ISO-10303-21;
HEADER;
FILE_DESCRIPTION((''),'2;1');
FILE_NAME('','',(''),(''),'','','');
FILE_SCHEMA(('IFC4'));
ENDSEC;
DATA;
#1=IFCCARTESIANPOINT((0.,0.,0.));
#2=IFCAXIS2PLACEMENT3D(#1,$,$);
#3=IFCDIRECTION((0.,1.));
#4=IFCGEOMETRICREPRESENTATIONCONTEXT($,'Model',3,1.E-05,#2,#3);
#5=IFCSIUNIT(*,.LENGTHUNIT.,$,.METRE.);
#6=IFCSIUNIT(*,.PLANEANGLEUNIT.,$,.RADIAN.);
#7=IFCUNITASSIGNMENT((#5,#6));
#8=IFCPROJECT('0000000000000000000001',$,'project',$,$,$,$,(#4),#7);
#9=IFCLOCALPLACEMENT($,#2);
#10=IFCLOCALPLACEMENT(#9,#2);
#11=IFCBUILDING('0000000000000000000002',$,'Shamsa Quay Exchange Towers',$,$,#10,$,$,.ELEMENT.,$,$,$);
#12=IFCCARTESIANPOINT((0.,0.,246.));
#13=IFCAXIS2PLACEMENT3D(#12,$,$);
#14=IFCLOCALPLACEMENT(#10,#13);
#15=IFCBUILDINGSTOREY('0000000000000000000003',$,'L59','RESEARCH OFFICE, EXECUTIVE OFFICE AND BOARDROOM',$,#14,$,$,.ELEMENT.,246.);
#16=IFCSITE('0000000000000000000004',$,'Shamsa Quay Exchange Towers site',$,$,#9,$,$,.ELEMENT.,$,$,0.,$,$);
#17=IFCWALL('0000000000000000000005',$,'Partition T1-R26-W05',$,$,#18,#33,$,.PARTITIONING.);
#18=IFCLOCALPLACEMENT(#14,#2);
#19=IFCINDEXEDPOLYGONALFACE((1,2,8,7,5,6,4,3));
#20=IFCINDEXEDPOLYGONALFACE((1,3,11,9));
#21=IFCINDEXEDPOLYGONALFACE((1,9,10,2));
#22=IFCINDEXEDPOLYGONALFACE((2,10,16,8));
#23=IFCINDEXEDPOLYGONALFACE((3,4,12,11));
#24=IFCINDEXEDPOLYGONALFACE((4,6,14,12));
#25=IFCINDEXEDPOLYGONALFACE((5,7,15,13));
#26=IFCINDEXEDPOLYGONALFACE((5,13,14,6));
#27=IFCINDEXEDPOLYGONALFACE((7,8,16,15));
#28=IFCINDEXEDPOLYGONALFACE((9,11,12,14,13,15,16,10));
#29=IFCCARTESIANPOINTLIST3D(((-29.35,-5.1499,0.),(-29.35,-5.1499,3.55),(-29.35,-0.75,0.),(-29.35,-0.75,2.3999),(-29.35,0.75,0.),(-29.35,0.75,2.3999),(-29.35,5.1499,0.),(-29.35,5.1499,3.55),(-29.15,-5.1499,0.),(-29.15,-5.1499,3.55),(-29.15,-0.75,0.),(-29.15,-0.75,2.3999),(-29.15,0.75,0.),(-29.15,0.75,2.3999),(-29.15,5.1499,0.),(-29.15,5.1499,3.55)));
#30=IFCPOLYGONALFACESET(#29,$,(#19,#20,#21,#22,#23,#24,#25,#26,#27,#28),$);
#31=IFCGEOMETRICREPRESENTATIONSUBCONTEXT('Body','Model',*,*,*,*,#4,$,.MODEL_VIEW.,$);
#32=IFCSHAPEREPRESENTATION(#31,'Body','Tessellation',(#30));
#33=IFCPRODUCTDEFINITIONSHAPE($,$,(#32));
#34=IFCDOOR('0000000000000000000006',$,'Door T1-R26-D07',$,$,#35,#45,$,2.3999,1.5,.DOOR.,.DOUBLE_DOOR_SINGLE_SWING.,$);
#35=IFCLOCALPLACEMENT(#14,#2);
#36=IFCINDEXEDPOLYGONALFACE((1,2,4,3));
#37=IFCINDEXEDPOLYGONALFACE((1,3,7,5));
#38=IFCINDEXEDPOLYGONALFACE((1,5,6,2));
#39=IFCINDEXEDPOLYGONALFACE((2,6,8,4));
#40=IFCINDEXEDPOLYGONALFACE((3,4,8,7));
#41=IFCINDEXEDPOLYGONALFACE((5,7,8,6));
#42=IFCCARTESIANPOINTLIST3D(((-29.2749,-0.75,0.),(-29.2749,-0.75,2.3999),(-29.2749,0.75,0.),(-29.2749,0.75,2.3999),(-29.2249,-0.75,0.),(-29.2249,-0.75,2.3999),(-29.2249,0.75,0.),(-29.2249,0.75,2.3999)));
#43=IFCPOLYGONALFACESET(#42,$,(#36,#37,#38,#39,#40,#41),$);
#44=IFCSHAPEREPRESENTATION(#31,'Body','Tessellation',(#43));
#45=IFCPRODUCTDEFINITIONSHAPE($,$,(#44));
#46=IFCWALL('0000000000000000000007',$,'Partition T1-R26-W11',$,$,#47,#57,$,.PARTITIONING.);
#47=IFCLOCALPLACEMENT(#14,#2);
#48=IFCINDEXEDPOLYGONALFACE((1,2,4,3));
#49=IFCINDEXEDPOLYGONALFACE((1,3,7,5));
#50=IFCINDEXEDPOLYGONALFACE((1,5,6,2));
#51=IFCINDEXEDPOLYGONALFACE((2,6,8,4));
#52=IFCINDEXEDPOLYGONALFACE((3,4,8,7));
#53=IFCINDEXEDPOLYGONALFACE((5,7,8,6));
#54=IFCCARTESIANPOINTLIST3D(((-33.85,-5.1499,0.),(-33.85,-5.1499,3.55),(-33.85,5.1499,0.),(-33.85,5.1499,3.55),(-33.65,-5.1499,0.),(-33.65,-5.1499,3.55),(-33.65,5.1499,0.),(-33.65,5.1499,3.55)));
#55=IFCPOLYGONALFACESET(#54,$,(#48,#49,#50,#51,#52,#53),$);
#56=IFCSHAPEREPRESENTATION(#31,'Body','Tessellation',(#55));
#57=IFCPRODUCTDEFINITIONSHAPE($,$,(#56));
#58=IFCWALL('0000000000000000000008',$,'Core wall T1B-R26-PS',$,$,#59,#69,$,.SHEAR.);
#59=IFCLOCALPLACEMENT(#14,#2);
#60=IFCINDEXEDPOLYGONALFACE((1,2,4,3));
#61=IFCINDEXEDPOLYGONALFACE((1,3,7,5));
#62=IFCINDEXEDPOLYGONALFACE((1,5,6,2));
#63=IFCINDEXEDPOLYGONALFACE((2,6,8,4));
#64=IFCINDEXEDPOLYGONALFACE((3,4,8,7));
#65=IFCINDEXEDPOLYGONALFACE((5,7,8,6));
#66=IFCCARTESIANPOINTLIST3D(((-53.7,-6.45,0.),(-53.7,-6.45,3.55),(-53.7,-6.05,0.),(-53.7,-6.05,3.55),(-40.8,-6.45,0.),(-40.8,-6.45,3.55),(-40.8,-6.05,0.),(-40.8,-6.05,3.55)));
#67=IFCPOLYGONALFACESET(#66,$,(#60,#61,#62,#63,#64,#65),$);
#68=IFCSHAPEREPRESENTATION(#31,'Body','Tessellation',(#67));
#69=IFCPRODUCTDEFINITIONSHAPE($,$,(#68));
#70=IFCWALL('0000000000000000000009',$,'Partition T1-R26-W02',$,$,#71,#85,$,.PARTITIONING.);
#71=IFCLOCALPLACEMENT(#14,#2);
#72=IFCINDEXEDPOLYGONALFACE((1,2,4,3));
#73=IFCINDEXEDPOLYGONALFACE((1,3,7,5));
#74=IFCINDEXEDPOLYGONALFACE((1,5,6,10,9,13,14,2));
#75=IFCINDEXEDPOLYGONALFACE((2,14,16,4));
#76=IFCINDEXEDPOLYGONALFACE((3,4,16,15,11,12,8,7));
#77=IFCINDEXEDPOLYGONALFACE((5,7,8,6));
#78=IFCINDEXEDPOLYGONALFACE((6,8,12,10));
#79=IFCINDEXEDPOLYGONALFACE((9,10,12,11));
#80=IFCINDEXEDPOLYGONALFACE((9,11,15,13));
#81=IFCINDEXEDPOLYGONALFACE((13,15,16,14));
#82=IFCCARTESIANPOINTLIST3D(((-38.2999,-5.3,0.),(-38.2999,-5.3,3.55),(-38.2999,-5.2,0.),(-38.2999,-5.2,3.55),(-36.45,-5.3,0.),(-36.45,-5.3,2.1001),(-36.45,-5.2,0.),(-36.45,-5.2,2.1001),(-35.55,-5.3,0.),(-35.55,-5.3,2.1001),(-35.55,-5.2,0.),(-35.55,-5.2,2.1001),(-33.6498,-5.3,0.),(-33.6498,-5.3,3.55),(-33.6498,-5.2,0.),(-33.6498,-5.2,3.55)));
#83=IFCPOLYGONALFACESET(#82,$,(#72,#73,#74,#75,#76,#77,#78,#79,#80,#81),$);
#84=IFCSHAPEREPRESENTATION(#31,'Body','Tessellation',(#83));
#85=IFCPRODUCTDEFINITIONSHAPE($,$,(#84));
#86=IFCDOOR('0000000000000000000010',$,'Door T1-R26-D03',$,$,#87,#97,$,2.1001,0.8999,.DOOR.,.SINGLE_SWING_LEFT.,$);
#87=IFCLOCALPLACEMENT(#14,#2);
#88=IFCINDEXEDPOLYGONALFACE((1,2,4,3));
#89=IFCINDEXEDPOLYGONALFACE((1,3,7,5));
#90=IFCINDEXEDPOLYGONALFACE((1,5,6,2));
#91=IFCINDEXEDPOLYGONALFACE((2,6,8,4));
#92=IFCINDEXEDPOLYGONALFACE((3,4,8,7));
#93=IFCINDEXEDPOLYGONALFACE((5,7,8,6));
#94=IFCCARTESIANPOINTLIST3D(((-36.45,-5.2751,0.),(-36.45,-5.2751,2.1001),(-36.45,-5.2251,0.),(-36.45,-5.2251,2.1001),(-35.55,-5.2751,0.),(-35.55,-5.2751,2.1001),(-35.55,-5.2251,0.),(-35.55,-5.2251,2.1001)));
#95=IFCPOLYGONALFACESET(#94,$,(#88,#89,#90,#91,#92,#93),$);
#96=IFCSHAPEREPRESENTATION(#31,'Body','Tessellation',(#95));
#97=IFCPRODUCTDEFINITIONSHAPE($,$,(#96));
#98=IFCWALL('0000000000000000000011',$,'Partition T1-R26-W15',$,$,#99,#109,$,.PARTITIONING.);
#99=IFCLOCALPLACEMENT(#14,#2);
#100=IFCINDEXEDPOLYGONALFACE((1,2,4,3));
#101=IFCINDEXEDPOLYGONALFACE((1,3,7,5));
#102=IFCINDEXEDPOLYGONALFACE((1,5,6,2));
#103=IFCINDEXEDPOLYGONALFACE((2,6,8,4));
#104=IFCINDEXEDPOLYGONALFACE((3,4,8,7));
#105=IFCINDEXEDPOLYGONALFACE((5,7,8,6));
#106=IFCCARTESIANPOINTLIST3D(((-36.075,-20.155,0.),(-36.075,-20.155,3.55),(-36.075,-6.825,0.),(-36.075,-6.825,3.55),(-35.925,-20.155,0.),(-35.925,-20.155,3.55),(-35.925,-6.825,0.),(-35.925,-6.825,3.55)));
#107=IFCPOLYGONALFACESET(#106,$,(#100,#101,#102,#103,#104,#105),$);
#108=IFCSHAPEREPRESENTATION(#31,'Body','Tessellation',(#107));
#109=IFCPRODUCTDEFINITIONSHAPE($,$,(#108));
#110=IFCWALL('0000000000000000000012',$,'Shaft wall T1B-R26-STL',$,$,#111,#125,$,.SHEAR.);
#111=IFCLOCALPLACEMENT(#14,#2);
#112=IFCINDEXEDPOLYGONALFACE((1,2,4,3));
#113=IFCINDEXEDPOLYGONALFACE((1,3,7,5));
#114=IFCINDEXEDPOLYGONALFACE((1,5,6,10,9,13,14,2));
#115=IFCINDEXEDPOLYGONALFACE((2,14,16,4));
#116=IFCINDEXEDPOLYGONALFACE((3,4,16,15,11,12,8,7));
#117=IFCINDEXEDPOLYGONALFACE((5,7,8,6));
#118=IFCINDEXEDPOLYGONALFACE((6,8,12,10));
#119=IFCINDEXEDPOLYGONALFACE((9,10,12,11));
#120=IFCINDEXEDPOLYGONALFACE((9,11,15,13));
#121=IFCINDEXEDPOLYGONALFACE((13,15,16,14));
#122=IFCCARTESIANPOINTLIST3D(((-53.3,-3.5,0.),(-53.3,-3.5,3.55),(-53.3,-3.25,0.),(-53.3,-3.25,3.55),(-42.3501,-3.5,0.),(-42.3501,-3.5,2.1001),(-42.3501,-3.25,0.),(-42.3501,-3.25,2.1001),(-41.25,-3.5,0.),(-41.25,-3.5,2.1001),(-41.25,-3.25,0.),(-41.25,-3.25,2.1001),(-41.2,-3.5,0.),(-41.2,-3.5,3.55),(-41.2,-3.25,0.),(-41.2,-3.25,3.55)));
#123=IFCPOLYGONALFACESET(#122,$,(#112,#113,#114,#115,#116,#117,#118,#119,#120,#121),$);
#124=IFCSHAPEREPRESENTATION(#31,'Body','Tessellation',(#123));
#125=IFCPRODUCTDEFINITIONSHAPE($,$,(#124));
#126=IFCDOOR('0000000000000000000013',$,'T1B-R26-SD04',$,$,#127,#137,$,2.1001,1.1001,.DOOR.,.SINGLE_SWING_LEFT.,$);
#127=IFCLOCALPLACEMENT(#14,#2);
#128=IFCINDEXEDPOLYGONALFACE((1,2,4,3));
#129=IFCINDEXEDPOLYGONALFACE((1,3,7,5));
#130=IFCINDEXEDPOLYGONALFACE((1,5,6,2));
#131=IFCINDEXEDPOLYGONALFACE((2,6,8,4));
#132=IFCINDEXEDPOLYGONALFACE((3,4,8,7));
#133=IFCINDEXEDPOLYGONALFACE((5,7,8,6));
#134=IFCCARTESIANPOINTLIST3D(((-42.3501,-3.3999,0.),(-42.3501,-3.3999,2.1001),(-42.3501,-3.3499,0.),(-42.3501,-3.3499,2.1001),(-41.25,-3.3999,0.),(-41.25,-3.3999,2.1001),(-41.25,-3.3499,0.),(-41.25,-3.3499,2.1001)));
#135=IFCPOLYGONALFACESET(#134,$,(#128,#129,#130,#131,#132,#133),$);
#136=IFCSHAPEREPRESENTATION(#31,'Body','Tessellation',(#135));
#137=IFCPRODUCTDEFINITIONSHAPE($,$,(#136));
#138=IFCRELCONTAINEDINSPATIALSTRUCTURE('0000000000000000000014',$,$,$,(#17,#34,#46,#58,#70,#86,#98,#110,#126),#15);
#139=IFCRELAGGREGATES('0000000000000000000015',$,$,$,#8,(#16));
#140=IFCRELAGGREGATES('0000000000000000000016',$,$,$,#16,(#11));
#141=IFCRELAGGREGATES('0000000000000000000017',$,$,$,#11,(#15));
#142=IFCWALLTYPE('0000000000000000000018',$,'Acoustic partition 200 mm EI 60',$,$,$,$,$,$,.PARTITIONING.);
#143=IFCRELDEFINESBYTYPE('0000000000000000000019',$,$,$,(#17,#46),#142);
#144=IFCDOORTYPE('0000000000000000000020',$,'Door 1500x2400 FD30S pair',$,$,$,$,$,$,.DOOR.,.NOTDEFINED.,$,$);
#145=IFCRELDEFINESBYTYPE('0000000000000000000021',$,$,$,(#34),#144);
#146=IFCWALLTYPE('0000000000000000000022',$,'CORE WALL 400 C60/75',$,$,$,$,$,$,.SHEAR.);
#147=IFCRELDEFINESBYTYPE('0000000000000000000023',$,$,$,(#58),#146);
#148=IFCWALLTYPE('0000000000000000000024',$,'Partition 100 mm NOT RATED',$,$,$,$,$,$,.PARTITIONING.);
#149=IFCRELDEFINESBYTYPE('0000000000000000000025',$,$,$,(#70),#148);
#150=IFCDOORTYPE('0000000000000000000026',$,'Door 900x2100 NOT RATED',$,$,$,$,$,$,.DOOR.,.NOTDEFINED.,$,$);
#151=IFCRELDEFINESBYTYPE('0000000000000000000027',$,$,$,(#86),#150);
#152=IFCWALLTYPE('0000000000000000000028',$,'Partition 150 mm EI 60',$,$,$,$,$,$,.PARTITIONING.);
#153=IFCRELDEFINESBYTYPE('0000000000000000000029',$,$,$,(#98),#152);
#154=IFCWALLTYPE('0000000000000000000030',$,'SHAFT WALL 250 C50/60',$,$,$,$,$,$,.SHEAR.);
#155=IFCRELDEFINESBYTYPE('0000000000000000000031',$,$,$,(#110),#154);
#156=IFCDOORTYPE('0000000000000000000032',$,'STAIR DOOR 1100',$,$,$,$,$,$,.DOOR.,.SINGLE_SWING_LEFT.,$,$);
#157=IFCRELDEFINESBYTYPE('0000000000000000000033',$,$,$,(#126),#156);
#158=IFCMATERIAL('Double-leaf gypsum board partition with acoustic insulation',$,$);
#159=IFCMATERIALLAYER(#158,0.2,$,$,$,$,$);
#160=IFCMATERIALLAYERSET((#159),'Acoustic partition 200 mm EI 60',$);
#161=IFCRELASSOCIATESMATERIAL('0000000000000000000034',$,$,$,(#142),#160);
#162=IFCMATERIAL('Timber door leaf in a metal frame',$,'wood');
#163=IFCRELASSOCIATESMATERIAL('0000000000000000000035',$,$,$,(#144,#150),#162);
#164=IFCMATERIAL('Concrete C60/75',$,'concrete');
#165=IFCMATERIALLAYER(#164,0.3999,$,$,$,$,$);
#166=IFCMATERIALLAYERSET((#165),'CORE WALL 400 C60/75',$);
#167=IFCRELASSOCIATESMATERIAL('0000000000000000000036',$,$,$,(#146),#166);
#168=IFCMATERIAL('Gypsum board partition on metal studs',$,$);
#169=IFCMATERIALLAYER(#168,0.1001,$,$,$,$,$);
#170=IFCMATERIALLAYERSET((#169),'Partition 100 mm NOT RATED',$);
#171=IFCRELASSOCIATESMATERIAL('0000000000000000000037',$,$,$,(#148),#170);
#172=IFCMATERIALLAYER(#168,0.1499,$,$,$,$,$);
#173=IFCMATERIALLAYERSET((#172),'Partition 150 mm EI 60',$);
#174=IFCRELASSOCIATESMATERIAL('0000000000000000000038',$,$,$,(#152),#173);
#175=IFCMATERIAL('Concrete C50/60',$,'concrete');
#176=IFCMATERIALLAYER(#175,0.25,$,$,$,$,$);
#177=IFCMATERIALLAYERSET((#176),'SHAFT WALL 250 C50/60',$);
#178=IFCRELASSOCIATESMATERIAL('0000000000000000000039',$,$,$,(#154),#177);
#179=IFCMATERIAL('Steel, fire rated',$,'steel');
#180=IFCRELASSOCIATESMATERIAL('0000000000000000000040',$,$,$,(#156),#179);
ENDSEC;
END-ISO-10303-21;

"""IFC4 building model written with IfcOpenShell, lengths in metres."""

from ifc_helpers import new_model, si_unit, direction, frame, frame_2d, origin, place, context, subcontext, project, spatial, rectangle, extrude, material, layer, layer_set, type_object, element, fill, save


model = new_model("IFC4")

# Units and contexts
model_context = context("Model", 3, precision=1e-05, world=origin(), true_north=direction((0.0, 1.0)))
body_context = subcontext(model_context, "Body", "Model", "MODEL_VIEW")
ifc_project = project(units=[si_unit("LENGTHUNIT", "METRE"), si_unit("PLANEANGLEUNIT", "RADIAN")], contexts=[model_context])

# Site, building, storey
site_placement = place(None, origin())
site = spatial("IfcSite", under=ifc_project, at=site_placement, Name="Shamsa Quay Exchange Towers site", CompositionType="ELEMENT", RefElevation=0.0)
building_placement = place(site_placement, origin())
building = spatial("IfcBuilding", under=site, at=building_placement, Name="Shamsa Quay Exchange Towers", CompositionType="ELEMENT")
storey_placement = place(building_placement, frame((0.0, 0.0, 246.0)))
storey = spatial("IfcBuildingStorey", under=building, at=storey_placement, Name="L59", Description="RESEARCH OFFICE, EXECUTIVE OFFICE AND BOARDROOM", CompositionType="ELEMENT", Elevation=246.0)

# Shared definitions
ifc_material_1 = material(Name="Double-leaf gypsum board partition with acoustic insulation")
ifc_layer_1 = layer(ifc_material_1, 0.2)
ifc_layer_set_1 = layer_set([ifc_layer_1], Name="Acoustic partition 200 mm EI 60")
wall_type_1 = type_object("IfcWallType", Name="Acoustic partition 200 mm EI 60", PredefinedType="PARTITIONING", material=ifc_layer_set_1)

# Wall, opening, door
wall_1_placement = place(storey_placement, frame((-29.25, -5.1499, 0.0), z_axis=(0.0, 0.0, 1.0), x_axis=(0.0, 1.0, 0.0)))
wall_1 = element("IfcWall", 1, at=wall_1_placement, inside=storey, type_object=wall_type_1, Name="Partition T1-R26-W05", PredefinedType="PARTITIONING", context=body_context, shape_type="SweptSolid", body=[
    extrude(rectangle(XDim=10.2998, YDim=0.2, at=frame_2d((5.1499, 0.0))), origin(), (0.0, 0.0, 1.0), 3.55),
])
opening_1_placement = place(wall_1_placement, frame((4.3999, 0.0, 0.0)))
opening_1 = element("IfcOpeningElement", 2, at=opening_1_placement, cuts=wall_1, PredefinedType="OPENING", context=body_context, shape_type="SweptSolid", body=[
    extrude(rectangle(XDim=1.5, YDim=2.3999, at=frame_2d((0.75, 1.2))), frame((0.0, 0.1099, 0.0), z_axis=(0.0, -1.0, 0.0), x_axis=(1.0, 0.0, 0.0)), (0.0, 0.0, 1.0), 0.22),
])
ifc_material_2 = material(Name="Timber door leaf in a metal frame", Category="wood")
door_type_1 = type_object("IfcDoorType", Name="Door 1500x2400 FD30S pair", OperationType="NOTDEFINED", PredefinedType="DOOR", material=ifc_material_2)
door_1_placement = place(opening_1_placement, origin())
door_1 = element("IfcDoor", 3, at=door_1_placement, inside=storey, type_object=door_type_1, Name="Door T1-R26-D07", OperationType="DOUBLE_DOOR_SINGLE_SWING", OverallHeight=2.3999, OverallWidth=1.5, PredefinedType="DOOR", context=body_context, shape_type="SweptSolid", body=[
    extrude(rectangle(XDim=1.5, YDim=2.3999, at=frame_2d((0.75, 1.2))), frame((0.0, 0.0249, 0.0), z_axis=(0.0, -1.0, 0.0), x_axis=(1.0, 0.0, 0.0)), (0.0, 0.0, 1.0), 0.05),
])
fill(opening_1, door_1)

# Walls
wall_2_placement = place(storey_placement, frame((-33.75, -5.1499, 0.0), z_axis=(0.0, 0.0, 1.0), x_axis=(0.0, 1.0, 0.0)))
element("IfcWall", 4, at=wall_2_placement, inside=storey, type_object=wall_type_1, Name="Partition T1-R26-W11", PredefinedType="PARTITIONING", context=body_context, shape_type="SweptSolid", body=[
    extrude(rectangle(XDim=10.2998, YDim=0.2, at=frame_2d((5.1499, 0.0))), origin(), (0.0, 0.0, 1.0), 3.55),
])
ifc_material_3 = material(Name="Concrete C60/75", Category="concrete")
ifc_layer_2 = layer(ifc_material_3, 0.3999)
ifc_layer_set_2 = layer_set([ifc_layer_2], Name="CORE WALL 400 C60/75")
wall_type_2 = type_object("IfcWallType", Name="CORE WALL 400 C60/75", PredefinedType="SHEAR", material=ifc_layer_set_2)
wall_3_placement = place(storey_placement, frame((-40.8, -6.25, 0.0), z_axis=(0.0, 0.0, 1.0), x_axis=(-1.0, 0.0, 0.0)))
element("IfcWall", 5, at=wall_3_placement, inside=storey, type_object=wall_type_2, Name="Core wall T1B-R26-PS", PredefinedType="SHEAR", context=body_context, shape_type="SweptSolid", body=[
    extrude(rectangle(XDim=12.8999, YDim=0.3999, at=frame_2d((6.45, 0.0))), origin(), (0.0, 0.0, 1.0), 3.55),
])

# Wall, opening, door
ifc_material_4 = material(Name="Steel, fire rated", Category="steel")
ifc_material_5 = material(Name="Gypsum board partition on metal studs")
ifc_layer_3 = layer(ifc_material_5, 0.1001)
ifc_layer_set_3 = layer_set([ifc_layer_3], Name="Partition 100 mm NOT RATED")
wall_type_3 = type_object("IfcWallType", Name="Partition 100 mm NOT RATED", PredefinedType="PARTITIONING", material=ifc_layer_set_3)
wall_4_placement = place(storey_placement, frame((-38.3, -5.25, 0.0)))
wall_4 = element("IfcWall", 6, at=wall_4_placement, inside=storey, type_object=wall_type_3, Name="Partition T1-R26-W02", PredefinedType="PARTITIONING", context=body_context, shape_type="SweptSolid", body=[
    extrude(rectangle(XDim=4.6501, YDim=0.1001, at=frame_2d((2.3252, 0.0))), origin(), (0.0, 0.0, 1.0), 3.55),
])
opening_2_placement = place(wall_4_placement, frame((1.8501, 0.0, 0.0)))
opening_2 = element("IfcOpeningElement", 7, at=opening_2_placement, cuts=wall_4, PredefinedType="OPENING", context=body_context, shape_type="SweptSolid", body=[
    extrude(rectangle(XDim=0.8999, YDim=2.1001, at=frame_2d((0.45, 1.05))), frame((0.0, 0.0601, 0.0), z_axis=(0.0, -1.0, 0.0), x_axis=(1.0, 0.0, 0.0)), (0.0, 0.0, 1.0), 0.1201),
])
door_type_2 = type_object("IfcDoorType", Name="Door 900x2100 NOT RATED", OperationType="NOTDEFINED", PredefinedType="DOOR", material=ifc_material_2)
door_2_placement = place(opening_2_placement, origin())
door_2 = element("IfcDoor", 8, at=door_2_placement, inside=storey, type_object=door_type_2, Name="Door T1-R26-D03", OperationType="SINGLE_SWING_LEFT", OverallHeight=2.1001, OverallWidth=0.8999, PredefinedType="DOOR", context=body_context, shape_type="SweptSolid", body=[
    extrude(rectangle(XDim=0.8999, YDim=2.1001, at=frame_2d((0.45, 1.05))), frame((0.0, 0.0249, 0.0), z_axis=(0.0, -1.0, 0.0), x_axis=(1.0, 0.0, 0.0)), (0.0, 0.0, 1.0), 0.05),
])
fill(opening_2, door_2)

# Wall
ifc_layer_4 = layer(ifc_material_5, 0.1499)
ifc_layer_set_4 = layer_set([ifc_layer_4], Name="Partition 150 mm EI 60")
wall_type_4 = type_object("IfcWallType", Name="Partition 150 mm EI 60", PredefinedType="PARTITIONING", material=ifc_layer_set_4)
wall_5_placement = place(storey_placement, frame((-36.0, -20.155, 0.0), z_axis=(0.0, 0.0, 1.0), x_axis=(0.0, 1.0, 0.0)))
element("IfcWall", 9, at=wall_5_placement, inside=storey, type_object=wall_type_4, Name="Partition T1-R26-W15", PredefinedType="PARTITIONING", context=body_context, shape_type="SweptSolid", body=[
    extrude(rectangle(XDim=13.3301, YDim=0.1499, at=frame_2d((6.665, 0.0))), origin(), (0.0, 0.0, 1.0), 3.55),
])

# Wall, opening, door
ifc_material_6 = material(Name="Concrete C50/60", Category="concrete")
ifc_layer_5 = layer(ifc_material_6, 0.25)
ifc_layer_set_5 = layer_set([ifc_layer_5], Name="SHAFT WALL 250 C50/60")
wall_type_5 = type_object("IfcWallType", Name="SHAFT WALL 250 C50/60", PredefinedType="SHEAR", material=ifc_layer_set_5)
wall_6_placement = place(storey_placement, frame((-41.2, -3.375, 0.0), z_axis=(0.0, 0.0, 1.0), x_axis=(-1.0, 0.0, 0.0)))
wall_6 = element("IfcWall", 10, at=wall_6_placement, inside=storey, type_object=wall_type_5, Name="Shaft wall T1B-R26-STL", PredefinedType="SHEAR", context=body_context, shape_type="SweptSolid", body=[
    extrude(rectangle(XDim=12.1001, YDim=0.25, at=frame_2d((6.05, 0.0))), origin(), (0.0, 0.0, 1.0), 3.55),
])
opening_3_placement = place(wall_6_placement, frame((0.05, 0.0, 0.0)))
opening_3 = element("IfcOpeningElement", 11, at=opening_3_placement, cuts=wall_6, PredefinedType="OPENING", context=body_context, shape_type="SweptSolid", body=[
    extrude(rectangle(XDim=1.1001, YDim=2.1001, at=frame_2d((0.55, 1.05))), frame((0.0, 0.135, 0.0), z_axis=(0.0, -1.0, 0.0), x_axis=(1.0, 0.0, 0.0)), (0.0, 0.0, 1.0), 0.27),
])
door_type_3 = type_object("IfcDoorType", Name="STAIR DOOR 1100", OperationType="SINGLE_SWING_LEFT", PredefinedType="DOOR", material=ifc_material_4)
door_3_placement = place(opening_3_placement, origin())
door_3 = element("IfcDoor", 12, at=door_3_placement, inside=storey, type_object=door_type_3, Name="T1B-R26-SD04", OperationType="SINGLE_SWING_LEFT", OverallHeight=2.1001, OverallWidth=1.1001, PredefinedType="DOOR", context=body_context, shape_type="SweptSolid", body=[
    extrude(rectangle(XDim=1.1001, YDim=2.1001, at=frame_2d((0.55, 1.05))), frame((0.0, 0.0249, 0.0), z_axis=(0.0, -1.0, 0.0), x_axis=(1.0, 0.0, 0.0)), (0.0, 0.0, 1.0), 0.05),
])
fill(opening_3, door_3)

save(model, "model.ifc")
